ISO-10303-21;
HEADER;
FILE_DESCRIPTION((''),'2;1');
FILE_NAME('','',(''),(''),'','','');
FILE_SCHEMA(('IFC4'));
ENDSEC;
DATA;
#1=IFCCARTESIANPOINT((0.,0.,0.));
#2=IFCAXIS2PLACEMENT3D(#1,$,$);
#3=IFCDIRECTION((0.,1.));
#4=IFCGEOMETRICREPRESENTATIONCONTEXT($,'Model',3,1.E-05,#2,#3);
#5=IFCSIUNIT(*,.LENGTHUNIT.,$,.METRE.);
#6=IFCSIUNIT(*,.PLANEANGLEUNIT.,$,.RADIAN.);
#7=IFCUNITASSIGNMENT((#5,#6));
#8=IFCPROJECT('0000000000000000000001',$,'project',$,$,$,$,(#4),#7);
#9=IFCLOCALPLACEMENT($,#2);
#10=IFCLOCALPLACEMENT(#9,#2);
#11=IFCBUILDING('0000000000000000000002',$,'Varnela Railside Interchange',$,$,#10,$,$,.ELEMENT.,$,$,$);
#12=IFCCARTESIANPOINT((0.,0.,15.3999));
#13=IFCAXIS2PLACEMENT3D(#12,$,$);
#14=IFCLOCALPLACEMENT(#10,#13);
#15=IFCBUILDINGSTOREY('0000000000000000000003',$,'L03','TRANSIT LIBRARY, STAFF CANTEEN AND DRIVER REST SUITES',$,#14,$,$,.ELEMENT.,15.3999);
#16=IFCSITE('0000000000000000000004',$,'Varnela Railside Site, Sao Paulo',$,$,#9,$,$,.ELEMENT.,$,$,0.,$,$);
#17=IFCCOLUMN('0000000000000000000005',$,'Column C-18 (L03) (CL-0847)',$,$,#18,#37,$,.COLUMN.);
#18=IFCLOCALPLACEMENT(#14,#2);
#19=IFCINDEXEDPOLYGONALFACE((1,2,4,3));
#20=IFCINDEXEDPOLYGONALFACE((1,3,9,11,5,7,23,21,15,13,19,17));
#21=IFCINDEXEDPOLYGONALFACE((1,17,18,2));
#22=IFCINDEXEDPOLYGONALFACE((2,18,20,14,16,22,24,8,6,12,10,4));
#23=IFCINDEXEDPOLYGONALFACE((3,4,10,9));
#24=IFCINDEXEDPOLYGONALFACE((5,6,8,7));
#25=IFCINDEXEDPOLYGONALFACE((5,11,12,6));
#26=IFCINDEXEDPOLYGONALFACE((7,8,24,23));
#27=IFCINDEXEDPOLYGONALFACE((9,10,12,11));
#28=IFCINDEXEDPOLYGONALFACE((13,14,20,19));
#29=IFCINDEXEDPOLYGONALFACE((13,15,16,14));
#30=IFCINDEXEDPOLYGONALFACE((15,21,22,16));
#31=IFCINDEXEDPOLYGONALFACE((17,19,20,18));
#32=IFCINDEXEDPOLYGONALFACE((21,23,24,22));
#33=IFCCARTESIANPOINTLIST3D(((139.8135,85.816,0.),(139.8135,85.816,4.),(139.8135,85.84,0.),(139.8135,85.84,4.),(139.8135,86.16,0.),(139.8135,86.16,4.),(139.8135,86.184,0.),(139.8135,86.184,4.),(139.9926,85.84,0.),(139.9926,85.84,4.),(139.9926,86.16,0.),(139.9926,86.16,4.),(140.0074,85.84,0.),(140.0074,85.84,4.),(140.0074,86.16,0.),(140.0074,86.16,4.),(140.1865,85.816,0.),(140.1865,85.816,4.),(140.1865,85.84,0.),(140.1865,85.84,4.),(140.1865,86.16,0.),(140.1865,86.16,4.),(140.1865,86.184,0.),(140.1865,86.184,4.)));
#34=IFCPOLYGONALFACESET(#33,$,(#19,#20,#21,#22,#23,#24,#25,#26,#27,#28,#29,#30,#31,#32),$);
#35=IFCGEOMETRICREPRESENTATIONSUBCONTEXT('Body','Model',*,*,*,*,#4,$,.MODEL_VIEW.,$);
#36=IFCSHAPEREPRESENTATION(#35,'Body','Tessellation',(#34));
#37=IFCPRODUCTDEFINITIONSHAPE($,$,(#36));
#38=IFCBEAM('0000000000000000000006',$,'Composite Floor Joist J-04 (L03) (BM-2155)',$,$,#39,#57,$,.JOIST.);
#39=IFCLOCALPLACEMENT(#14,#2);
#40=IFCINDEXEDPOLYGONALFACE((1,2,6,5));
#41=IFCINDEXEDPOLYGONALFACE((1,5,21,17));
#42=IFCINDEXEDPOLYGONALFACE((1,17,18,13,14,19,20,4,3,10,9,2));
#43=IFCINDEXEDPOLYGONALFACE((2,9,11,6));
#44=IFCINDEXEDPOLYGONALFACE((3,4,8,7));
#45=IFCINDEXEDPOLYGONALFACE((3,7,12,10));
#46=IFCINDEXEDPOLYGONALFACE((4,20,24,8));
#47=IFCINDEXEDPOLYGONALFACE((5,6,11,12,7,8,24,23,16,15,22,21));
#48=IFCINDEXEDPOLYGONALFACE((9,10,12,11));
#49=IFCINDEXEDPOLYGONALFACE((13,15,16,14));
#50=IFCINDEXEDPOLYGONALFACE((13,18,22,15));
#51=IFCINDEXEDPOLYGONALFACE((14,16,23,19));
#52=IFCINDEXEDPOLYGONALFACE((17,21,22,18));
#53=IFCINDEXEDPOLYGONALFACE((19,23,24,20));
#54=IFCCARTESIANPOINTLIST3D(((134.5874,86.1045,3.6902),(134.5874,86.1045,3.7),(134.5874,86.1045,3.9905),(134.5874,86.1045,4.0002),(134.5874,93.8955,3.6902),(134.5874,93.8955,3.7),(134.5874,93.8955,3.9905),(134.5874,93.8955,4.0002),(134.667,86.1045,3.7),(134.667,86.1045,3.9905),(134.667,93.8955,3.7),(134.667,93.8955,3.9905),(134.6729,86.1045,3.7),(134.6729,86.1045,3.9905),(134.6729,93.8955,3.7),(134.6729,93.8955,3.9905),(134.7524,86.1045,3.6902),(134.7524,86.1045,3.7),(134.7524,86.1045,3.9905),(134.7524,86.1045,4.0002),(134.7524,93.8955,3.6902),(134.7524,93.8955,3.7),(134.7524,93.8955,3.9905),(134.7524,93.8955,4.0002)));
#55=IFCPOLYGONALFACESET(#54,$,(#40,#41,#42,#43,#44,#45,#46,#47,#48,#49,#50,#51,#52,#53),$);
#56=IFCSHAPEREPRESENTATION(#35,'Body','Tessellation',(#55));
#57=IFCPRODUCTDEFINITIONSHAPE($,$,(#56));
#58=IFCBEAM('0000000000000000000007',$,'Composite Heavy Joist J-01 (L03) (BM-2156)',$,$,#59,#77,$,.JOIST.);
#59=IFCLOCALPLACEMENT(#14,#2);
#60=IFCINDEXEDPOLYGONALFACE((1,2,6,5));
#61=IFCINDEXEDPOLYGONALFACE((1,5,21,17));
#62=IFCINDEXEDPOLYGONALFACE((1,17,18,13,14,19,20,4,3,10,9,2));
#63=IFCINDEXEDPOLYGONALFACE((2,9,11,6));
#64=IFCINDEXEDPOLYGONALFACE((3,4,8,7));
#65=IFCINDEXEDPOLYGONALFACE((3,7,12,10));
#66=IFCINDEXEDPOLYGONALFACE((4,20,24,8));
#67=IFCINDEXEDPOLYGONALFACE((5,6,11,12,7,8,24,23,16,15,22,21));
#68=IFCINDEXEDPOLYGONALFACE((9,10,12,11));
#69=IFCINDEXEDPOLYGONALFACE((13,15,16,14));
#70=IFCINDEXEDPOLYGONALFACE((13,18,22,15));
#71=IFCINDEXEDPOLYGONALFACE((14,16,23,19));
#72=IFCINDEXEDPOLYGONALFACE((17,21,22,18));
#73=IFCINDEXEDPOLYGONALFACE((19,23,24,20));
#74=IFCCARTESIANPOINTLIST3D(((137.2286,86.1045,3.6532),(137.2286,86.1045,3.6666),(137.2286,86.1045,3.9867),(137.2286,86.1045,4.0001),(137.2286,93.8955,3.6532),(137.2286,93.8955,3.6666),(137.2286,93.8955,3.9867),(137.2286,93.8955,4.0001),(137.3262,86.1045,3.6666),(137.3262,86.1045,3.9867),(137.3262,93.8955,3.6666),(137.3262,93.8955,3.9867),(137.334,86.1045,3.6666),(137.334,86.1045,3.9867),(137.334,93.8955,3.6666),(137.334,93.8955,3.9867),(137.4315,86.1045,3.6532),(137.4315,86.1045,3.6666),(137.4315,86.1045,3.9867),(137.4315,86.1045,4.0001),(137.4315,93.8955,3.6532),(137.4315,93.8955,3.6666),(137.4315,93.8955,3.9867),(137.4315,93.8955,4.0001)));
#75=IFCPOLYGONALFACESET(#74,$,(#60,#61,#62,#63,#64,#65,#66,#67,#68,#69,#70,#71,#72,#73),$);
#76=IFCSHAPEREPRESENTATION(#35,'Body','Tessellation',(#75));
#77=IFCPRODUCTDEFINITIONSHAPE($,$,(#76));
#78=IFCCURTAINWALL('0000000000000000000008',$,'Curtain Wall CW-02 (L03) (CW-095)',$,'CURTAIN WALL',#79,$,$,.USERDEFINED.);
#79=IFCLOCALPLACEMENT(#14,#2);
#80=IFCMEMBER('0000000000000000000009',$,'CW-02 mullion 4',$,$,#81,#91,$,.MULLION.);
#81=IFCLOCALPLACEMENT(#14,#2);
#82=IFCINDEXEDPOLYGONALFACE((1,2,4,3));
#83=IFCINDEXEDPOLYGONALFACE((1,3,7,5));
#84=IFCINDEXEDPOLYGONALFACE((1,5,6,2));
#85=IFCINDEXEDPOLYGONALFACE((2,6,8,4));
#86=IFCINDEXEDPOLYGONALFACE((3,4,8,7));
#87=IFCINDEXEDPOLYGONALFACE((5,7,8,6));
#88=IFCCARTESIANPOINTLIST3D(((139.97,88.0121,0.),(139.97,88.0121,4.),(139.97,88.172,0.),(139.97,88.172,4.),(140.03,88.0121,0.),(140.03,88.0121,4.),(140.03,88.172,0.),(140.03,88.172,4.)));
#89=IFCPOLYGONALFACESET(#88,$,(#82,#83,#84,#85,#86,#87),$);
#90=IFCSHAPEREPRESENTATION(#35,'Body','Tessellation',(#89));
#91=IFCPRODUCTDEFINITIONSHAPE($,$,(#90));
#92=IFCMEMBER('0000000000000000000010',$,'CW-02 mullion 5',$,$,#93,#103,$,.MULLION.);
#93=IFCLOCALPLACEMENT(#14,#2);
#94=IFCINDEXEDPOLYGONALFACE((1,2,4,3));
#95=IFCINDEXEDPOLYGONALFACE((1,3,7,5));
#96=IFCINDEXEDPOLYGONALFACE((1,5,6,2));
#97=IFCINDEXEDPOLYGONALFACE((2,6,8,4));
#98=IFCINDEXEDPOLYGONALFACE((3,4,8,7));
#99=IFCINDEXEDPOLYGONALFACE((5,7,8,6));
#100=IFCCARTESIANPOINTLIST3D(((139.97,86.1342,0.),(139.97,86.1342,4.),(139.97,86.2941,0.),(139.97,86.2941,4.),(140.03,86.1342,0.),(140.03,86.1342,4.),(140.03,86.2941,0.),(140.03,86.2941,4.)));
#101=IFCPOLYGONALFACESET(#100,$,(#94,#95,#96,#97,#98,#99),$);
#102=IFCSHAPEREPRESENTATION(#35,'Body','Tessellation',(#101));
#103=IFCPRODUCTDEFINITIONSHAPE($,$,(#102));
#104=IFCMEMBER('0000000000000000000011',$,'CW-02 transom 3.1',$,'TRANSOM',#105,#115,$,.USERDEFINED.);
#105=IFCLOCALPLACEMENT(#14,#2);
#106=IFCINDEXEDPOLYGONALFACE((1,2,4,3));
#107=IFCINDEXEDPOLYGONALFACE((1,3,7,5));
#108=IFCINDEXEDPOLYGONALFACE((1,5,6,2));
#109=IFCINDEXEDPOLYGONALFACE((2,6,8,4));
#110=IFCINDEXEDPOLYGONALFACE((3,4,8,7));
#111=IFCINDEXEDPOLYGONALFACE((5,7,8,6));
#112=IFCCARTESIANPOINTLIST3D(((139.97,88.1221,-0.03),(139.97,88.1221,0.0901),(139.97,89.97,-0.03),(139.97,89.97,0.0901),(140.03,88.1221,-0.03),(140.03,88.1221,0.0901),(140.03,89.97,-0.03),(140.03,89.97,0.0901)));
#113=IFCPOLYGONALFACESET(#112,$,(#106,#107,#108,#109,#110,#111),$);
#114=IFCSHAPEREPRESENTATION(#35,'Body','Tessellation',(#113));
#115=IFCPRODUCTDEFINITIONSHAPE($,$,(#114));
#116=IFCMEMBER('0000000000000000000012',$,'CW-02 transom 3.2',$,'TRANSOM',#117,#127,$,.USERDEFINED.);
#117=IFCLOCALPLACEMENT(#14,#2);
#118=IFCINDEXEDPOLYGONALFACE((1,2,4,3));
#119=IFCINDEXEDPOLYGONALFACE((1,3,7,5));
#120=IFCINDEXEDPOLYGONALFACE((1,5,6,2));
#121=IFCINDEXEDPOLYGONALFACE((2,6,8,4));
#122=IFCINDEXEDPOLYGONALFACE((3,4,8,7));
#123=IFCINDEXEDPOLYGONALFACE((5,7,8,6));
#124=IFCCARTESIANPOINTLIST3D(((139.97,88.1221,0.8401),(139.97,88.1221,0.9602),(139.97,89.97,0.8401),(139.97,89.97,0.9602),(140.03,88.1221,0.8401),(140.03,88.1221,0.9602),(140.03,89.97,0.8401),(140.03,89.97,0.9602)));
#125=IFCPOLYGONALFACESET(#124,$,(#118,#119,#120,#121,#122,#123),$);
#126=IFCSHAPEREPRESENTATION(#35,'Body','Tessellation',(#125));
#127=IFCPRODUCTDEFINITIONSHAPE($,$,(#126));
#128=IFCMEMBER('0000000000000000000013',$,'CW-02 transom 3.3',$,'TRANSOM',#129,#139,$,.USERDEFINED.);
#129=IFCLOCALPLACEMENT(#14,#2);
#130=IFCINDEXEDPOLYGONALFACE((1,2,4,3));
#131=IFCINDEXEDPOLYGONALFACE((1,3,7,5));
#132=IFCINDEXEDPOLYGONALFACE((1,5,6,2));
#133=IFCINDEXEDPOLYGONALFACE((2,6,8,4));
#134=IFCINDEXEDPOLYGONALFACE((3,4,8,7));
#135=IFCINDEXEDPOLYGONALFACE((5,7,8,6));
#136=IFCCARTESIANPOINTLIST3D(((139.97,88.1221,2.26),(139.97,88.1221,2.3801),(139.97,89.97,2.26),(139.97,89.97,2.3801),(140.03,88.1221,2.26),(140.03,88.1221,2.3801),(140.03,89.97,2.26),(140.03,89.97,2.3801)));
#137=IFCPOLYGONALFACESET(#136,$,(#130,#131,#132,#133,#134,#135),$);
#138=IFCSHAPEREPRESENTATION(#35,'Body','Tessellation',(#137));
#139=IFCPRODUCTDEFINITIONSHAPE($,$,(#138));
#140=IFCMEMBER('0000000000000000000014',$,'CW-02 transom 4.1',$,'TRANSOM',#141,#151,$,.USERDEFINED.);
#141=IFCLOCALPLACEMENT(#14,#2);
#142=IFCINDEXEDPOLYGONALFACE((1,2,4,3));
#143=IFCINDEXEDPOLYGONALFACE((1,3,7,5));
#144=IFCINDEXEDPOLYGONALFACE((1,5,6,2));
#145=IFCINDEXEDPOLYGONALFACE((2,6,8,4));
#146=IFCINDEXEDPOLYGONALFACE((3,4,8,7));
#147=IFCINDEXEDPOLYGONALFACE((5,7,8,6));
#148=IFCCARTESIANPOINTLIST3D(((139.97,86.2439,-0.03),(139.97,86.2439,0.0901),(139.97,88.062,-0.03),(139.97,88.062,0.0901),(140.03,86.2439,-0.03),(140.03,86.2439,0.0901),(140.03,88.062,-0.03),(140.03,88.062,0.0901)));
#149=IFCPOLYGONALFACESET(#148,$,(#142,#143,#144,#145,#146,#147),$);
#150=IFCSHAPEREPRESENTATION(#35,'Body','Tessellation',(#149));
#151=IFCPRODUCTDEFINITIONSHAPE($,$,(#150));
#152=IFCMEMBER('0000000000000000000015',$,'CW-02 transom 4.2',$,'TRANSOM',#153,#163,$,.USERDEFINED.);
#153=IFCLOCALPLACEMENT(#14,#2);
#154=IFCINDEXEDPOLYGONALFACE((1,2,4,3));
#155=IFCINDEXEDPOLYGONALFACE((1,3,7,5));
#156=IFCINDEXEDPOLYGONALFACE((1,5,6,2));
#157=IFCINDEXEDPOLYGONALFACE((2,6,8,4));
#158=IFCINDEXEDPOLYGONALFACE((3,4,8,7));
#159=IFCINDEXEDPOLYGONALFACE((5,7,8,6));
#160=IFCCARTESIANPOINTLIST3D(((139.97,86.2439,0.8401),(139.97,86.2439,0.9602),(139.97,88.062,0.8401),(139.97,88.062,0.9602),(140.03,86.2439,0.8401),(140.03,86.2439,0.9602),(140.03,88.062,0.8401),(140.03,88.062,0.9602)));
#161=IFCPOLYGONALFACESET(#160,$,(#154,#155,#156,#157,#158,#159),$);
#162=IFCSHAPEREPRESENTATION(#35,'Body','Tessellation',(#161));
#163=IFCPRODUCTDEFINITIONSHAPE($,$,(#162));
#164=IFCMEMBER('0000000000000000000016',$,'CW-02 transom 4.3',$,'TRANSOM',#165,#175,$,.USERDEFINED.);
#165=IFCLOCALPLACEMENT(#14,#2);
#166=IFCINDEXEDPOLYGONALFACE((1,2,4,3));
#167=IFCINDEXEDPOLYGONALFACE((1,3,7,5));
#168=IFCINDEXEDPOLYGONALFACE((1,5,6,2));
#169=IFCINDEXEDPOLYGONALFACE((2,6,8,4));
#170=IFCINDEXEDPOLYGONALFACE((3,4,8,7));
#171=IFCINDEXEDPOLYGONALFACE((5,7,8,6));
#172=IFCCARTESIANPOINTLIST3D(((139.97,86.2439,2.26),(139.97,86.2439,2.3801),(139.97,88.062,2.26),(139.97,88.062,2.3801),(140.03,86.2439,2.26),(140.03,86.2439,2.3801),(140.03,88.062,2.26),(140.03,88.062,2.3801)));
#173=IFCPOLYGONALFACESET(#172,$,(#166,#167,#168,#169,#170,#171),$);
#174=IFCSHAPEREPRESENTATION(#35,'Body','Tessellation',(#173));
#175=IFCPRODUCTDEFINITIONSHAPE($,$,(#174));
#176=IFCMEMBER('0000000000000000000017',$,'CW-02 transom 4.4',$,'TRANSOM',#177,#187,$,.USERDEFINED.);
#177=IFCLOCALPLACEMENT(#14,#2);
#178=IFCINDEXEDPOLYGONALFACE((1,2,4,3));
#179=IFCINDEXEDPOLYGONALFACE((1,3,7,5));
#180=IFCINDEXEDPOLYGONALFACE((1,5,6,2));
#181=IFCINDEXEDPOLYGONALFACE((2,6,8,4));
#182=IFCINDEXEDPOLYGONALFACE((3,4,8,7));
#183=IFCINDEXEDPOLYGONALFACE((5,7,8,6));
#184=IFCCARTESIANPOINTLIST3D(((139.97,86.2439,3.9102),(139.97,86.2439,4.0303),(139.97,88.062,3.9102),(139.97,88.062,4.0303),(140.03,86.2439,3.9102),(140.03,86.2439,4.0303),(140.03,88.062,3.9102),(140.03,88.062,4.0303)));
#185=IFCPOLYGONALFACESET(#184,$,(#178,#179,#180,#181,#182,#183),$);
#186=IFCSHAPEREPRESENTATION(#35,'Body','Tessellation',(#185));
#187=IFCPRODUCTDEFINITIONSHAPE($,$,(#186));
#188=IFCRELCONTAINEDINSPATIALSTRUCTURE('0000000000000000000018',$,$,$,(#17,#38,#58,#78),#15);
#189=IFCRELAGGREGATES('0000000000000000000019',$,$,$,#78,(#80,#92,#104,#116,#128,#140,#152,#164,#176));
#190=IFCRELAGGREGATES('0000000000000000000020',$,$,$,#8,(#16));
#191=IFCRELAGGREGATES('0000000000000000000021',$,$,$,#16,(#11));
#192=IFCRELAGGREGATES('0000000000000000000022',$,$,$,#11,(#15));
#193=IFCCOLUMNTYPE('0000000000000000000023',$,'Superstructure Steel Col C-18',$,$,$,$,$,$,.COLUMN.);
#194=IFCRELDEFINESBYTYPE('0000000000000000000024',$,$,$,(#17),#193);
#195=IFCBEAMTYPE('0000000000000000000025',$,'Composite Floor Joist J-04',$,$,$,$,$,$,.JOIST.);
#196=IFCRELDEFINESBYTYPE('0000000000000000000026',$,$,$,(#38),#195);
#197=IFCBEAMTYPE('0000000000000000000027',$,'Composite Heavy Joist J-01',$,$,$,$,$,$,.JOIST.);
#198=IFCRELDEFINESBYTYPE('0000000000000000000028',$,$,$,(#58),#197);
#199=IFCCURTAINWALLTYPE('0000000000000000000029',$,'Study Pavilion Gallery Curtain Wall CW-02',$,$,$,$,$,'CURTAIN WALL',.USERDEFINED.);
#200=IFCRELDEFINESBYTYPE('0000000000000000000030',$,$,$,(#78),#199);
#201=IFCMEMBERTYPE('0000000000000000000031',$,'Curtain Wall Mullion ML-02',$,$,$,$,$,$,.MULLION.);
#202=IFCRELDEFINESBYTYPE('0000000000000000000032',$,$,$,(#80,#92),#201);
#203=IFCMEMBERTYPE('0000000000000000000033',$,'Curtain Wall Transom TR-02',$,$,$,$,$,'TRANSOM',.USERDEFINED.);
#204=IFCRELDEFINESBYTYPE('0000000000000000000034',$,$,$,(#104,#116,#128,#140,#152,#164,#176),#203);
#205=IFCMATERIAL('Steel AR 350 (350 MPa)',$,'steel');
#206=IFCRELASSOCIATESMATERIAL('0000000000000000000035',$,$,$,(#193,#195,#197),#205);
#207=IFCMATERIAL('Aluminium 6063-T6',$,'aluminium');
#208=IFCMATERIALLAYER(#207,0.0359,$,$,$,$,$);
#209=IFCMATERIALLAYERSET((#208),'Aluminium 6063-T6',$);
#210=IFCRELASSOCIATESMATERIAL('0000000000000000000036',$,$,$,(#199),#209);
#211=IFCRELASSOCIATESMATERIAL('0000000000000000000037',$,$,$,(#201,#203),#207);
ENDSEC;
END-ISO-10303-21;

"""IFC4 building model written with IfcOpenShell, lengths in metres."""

from ifc_helpers import new_model, si_unit, direction, frame, origin, origin_2d, place, context, subcontext, project, spatial, rectangle, i_section, extrude, material, layer, layer_set, material_profile, profile_set, type_object, element, aggregate, save


model = new_model("IFC4")

# Units and contexts
model_context = context("Model", 3, precision=1e-05, world=origin(), true_north=direction((0.0, 1.0)))
body_context = subcontext(model_context, "Body", "Model", "MODEL_VIEW")
ifc_project = project(units=[si_unit("LENGTHUNIT", "METRE"), si_unit("PLANEANGLEUNIT", "RADIAN")], contexts=[model_context])

# Site, building, storey
site_placement = place(None, origin())
site = spatial("IfcSite", under=ifc_project, at=site_placement, Name="Varnela Railside Site, Sao Paulo", CompositionType="ELEMENT", RefElevation=0.0)
building_placement = place(site_placement, origin())
building = spatial("IfcBuilding", under=site, at=building_placement, Name="Varnela Railside Interchange", CompositionType="ELEMENT")
storey_placement = place(building_placement, frame((0.0, 0.0, 15.3999)))
storey = spatial("IfcBuildingStorey", under=building, at=storey_placement, Name="L03", Description="TRANSIT LIBRARY, STAFF CANTEEN AND DRIVER REST SUITES", CompositionType="ELEMENT", Elevation=15.3999)

# Column
ifc_material_1 = material(Name="Steel AR 350 (350 MPa)", Category="steel")
ifc_material_profile_1 = material_profile(ifc_material_1, i_section(OverallWidth=0.373, OverallDepth=0.3679, WebThickness=0.0149, FlangeThickness=0.0239, at=origin_2d()), Name="W360x179")
ifc_profile_set_1 = profile_set([ifc_material_profile_1], Name="Steel AR 350 (350 MPa)")
column_type = type_object("IfcColumnType", Name="Superstructure Steel Col C-18", PredefinedType="COLUMN", material=ifc_profile_set_1)
column_placement = place(storey_placement, frame((140.0, 86.0, 0.0), z_axis=(0.0, 0.0, 1.0), x_axis=(1.0, 0.0, 0.0)))
element("IfcColumn", 1, at=column_placement, inside=storey, type_object=column_type, Name="Column C-18 (L03) (CL-0847)", PredefinedType="COLUMN", context=body_context, shape_type="SweptSolid", body=[
    extrude(i_section(OverallWidth=0.373, OverallDepth=0.3679, WebThickness=0.0149, FlangeThickness=0.0239, at=origin_2d()), origin(), (0.0, 0.0, 1.0), 4.0),
])

# Beams
ifc_material_profile_2 = material_profile(ifc_material_1, i_section(OverallWidth=0.165, OverallDepth=0.3101, WebThickness=0.0059, FlangeThickness=0.0098, at=origin_2d()), Name="W310x38.7")
ifc_profile_set_2 = profile_set([ifc_material_profile_2], Name="Steel AR 350 (350 MPa)")
beam_type_1 = type_object("IfcBeamType", Name="Composite Floor Joist J-04", PredefinedType="JOIST", material=ifc_profile_set_2)
beam_1_placement = place(storey_placement, frame((134.6699, 86.1045, 3.8452), z_axis=(0.0, 1.0, 0.0), x_axis=(-1.0, 0.0, 0.0)))
element("IfcBeam", 2, at=beam_1_placement, inside=storey, type_object=beam_type_1, Name="Composite Floor Joist J-04 (L03) (BM-2155)", PredefinedType="JOIST", context=body_context, shape_type="SweptSolid", body=[
    extrude(i_section(OverallWidth=0.165, OverallDepth=0.3101, WebThickness=0.0059, FlangeThickness=0.0098, at=origin_2d()), origin(), (0.0, 0.0, 1.0), 7.791),
])
ifc_material_profile_3 = material_profile(ifc_material_1, i_section(OverallWidth=0.2029, OverallDepth=0.3469, WebThickness=0.0078, FlangeThickness=0.0134, at=origin_2d()), Name="W360x64")
ifc_profile_set_3 = profile_set([ifc_material_profile_3], Name="Steel AR 350 (350 MPa)")
beam_type_2 = type_object("IfcBeamType", Name="Composite Heavy Joist J-01", PredefinedType="JOIST", material=ifc_profile_set_3)
beam_2_placement = place(storey_placement, frame((137.3301, 86.1045, 3.8267), z_axis=(0.0, 1.0, 0.0), x_axis=(-1.0, 0.0, 0.0)))
element("IfcBeam", 3, at=beam_2_placement, inside=storey, type_object=beam_type_2, Name="Composite Heavy Joist J-01 (L03) (BM-2156)", PredefinedType="JOIST", context=body_context, shape_type="SweptSolid", body=[
    extrude(i_section(OverallWidth=0.2029, OverallDepth=0.3469, WebThickness=0.0078, FlangeThickness=0.0134, at=origin_2d()), origin(), (0.0, 0.0, 1.0), 7.791),
])

# Curtain wall, members
ifc_material_2 = material(Name="Aluminium 6063-T6", Category="aluminium")
ifc_layer_1 = layer(ifc_material_2, 0.0359)
ifc_layer_set_1 = layer_set([ifc_layer_1], Name="Aluminium 6063-T6")
curtain_wall_type = type_object("IfcCurtainWallType", Name="Study Pavilion Gallery Curtain Wall CW-02", ElementType="CURTAIN WALL", PredefinedType="USERDEFINED", material=ifc_layer_set_1)
curtain_wall_placement = place(storey_placement, origin())
curtain_wall = element("IfcCurtainWall", 4, at=curtain_wall_placement, inside=storey, type_object=curtain_wall_type, Name="Curtain Wall CW-02 (L03) (CW-095)", ObjectType="CURTAIN WALL", PredefinedType="USERDEFINED")
ifc_material_profile_4 = material_profile(ifc_material_2, rectangle(XDim=0.0601, YDim=0.1599, at=origin_2d()), Name="ALU 60x160")
ifc_profile_set_4 = profile_set([ifc_material_profile_4], Name="Aluminium 6063-T6")
member_type_1 = type_object("IfcMemberType", Name="Curtain Wall Mullion ML-02", PredefinedType="MULLION", material=ifc_profile_set_4)
member_1_placement = place(storey_placement, frame((140.0, 88.092, 0.0), z_axis=(0.0, 0.0, 1.0), x_axis=(1.0, 0.0, 0.0)))
member_1 = element("IfcMember", 5, at=member_1_placement, type_object=member_type_1, Name="CW-02 mullion 4", PredefinedType="MULLION", context=body_context, shape_type="SweptSolid", body=[
    extrude(rectangle(XDim=0.0601, YDim=0.1599, at=origin_2d()), origin(), (0.0, 0.0, 1.0), 4.0),
])
member_2_placement = place(storey_placement, frame((140.0, 86.2141, 0.0), z_axis=(0.0, 0.0, 1.0), x_axis=(1.0, 0.0, 0.0)))
member_2 = element("IfcMember", 6, at=member_2_placement, type_object=member_type_1, Name="CW-02 mullion 5", PredefinedType="MULLION", context=body_context, shape_type="SweptSolid", body=[
    extrude(rectangle(XDim=0.0601, YDim=0.1599, at=origin_2d()), origin(), (0.0, 0.0, 1.0), 4.0),
])
ifc_material_profile_5 = material_profile(ifc_material_2, rectangle(XDim=0.0601, YDim=0.1201, at=origin_2d()), Name="ALU 60x120")
ifc_profile_set_5 = profile_set([ifc_material_profile_5], Name="Aluminium 6063-T6")
member_type_2 = type_object("IfcMemberType", Name="Curtain Wall Transom TR-02", ElementType="TRANSOM", PredefinedType="USERDEFINED", material=ifc_profile_set_5)
member_3_placement = place(storey_placement, frame((140.0, 89.97, 0.03), z_axis=(0.0, -1.0, 0.0), x_axis=(1.0, 0.0, 0.0)))
member_3 = element("IfcMember", 7, at=member_3_placement, type_object=member_type_2, Name="CW-02 transom 3.1", ObjectType="TRANSOM", PredefinedType="USERDEFINED", context=body_context, shape_type="SweptSolid", body=[
    extrude(rectangle(XDim=0.0601, YDim=0.1201, at=origin_2d()), origin(), (0.0, 0.0, 1.0), 1.8479),
])
member_4_placement = place(storey_placement, frame((140.0, 89.97, 0.9001), z_axis=(0.0, -1.0, 0.0), x_axis=(1.0, 0.0, 0.0)))
member_4 = element("IfcMember", 8, at=member_4_placement, type_object=member_type_2, Name="CW-02 transom 3.2", ObjectType="TRANSOM", PredefinedType="USERDEFINED", context=body_context, shape_type="SweptSolid", body=[
    extrude(rectangle(XDim=0.0601, YDim=0.1201, at=origin_2d()), origin(), (0.0, 0.0, 1.0), 1.8479),
])
member_5_placement = place(storey_placement, frame((140.0, 89.97, 2.3201), z_axis=(0.0, -1.0, 0.0), x_axis=(1.0, 0.0, 0.0)))
member_5 = element("IfcMember", 9, at=member_5_placement, type_object=member_type_2, Name="CW-02 transom 3.3", ObjectType="TRANSOM", PredefinedType="USERDEFINED", context=body_context, shape_type="SweptSolid", body=[
    extrude(rectangle(XDim=0.0601, YDim=0.1201, at=origin_2d()), origin(), (0.0, 0.0, 1.0), 1.8479),
])
member_6_placement = place(storey_placement, frame((140.0, 88.062, 0.03), z_axis=(0.0, -1.0, 0.0), x_axis=(1.0, 0.0, 0.0)))
member_6 = element("IfcMember", 10, at=member_6_placement, type_object=member_type_2, Name="CW-02 transom 4.1", ObjectType="TRANSOM", PredefinedType="USERDEFINED", context=body_context, shape_type="SweptSolid", body=[
    extrude(rectangle(XDim=0.0601, YDim=0.1201, at=origin_2d()), origin(), (0.0, 0.0, 1.0), 1.8181),
])
member_7_placement = place(storey_placement, frame((140.0, 88.062, 0.9001), z_axis=(0.0, -1.0, 0.0), x_axis=(1.0, 0.0, 0.0)))
member_7 = element("IfcMember", 11, at=member_7_placement, type_object=member_type_2, Name="CW-02 transom 4.2", ObjectType="TRANSOM", PredefinedType="USERDEFINED", context=body_context, shape_type="SweptSolid", body=[
    extrude(rectangle(XDim=0.0601, YDim=0.1201, at=origin_2d()), origin(), (0.0, 0.0, 1.0), 1.8181),
])
member_8_placement = place(storey_placement, frame((140.0, 88.062, 2.3201), z_axis=(0.0, -1.0, 0.0), x_axis=(1.0, 0.0, 0.0)))
member_8 = element("IfcMember", 12, at=member_8_placement, type_object=member_type_2, Name="CW-02 transom 4.3", ObjectType="TRANSOM", PredefinedType="USERDEFINED", context=body_context, shape_type="SweptSolid", body=[
    extrude(rectangle(XDim=0.0601, YDim=0.1201, at=origin_2d()), origin(), (0.0, 0.0, 1.0), 1.8181),
])
member_9_placement = place(storey_placement, frame((140.0, 88.062, 3.9702), z_axis=(0.0, -1.0, 0.0), x_axis=(1.0, 0.0, 0.0)))
member_9 = element("IfcMember", 13, at=member_9_placement, type_object=member_type_2, Name="CW-02 transom 4.4", ObjectType="TRANSOM", PredefinedType="USERDEFINED", context=body_context, shape_type="SweptSolid", body=[
    extrude(rectangle(XDim=0.0601, YDim=0.1201, at=origin_2d()), origin(), (0.0, 0.0, 1.0), 1.8181),
])

aggregate(curtain_wall, [member_1, member_2, member_3, member_4, member_5, member_6, member_7, member_8, member_9])

save(model, "model.ifc")
